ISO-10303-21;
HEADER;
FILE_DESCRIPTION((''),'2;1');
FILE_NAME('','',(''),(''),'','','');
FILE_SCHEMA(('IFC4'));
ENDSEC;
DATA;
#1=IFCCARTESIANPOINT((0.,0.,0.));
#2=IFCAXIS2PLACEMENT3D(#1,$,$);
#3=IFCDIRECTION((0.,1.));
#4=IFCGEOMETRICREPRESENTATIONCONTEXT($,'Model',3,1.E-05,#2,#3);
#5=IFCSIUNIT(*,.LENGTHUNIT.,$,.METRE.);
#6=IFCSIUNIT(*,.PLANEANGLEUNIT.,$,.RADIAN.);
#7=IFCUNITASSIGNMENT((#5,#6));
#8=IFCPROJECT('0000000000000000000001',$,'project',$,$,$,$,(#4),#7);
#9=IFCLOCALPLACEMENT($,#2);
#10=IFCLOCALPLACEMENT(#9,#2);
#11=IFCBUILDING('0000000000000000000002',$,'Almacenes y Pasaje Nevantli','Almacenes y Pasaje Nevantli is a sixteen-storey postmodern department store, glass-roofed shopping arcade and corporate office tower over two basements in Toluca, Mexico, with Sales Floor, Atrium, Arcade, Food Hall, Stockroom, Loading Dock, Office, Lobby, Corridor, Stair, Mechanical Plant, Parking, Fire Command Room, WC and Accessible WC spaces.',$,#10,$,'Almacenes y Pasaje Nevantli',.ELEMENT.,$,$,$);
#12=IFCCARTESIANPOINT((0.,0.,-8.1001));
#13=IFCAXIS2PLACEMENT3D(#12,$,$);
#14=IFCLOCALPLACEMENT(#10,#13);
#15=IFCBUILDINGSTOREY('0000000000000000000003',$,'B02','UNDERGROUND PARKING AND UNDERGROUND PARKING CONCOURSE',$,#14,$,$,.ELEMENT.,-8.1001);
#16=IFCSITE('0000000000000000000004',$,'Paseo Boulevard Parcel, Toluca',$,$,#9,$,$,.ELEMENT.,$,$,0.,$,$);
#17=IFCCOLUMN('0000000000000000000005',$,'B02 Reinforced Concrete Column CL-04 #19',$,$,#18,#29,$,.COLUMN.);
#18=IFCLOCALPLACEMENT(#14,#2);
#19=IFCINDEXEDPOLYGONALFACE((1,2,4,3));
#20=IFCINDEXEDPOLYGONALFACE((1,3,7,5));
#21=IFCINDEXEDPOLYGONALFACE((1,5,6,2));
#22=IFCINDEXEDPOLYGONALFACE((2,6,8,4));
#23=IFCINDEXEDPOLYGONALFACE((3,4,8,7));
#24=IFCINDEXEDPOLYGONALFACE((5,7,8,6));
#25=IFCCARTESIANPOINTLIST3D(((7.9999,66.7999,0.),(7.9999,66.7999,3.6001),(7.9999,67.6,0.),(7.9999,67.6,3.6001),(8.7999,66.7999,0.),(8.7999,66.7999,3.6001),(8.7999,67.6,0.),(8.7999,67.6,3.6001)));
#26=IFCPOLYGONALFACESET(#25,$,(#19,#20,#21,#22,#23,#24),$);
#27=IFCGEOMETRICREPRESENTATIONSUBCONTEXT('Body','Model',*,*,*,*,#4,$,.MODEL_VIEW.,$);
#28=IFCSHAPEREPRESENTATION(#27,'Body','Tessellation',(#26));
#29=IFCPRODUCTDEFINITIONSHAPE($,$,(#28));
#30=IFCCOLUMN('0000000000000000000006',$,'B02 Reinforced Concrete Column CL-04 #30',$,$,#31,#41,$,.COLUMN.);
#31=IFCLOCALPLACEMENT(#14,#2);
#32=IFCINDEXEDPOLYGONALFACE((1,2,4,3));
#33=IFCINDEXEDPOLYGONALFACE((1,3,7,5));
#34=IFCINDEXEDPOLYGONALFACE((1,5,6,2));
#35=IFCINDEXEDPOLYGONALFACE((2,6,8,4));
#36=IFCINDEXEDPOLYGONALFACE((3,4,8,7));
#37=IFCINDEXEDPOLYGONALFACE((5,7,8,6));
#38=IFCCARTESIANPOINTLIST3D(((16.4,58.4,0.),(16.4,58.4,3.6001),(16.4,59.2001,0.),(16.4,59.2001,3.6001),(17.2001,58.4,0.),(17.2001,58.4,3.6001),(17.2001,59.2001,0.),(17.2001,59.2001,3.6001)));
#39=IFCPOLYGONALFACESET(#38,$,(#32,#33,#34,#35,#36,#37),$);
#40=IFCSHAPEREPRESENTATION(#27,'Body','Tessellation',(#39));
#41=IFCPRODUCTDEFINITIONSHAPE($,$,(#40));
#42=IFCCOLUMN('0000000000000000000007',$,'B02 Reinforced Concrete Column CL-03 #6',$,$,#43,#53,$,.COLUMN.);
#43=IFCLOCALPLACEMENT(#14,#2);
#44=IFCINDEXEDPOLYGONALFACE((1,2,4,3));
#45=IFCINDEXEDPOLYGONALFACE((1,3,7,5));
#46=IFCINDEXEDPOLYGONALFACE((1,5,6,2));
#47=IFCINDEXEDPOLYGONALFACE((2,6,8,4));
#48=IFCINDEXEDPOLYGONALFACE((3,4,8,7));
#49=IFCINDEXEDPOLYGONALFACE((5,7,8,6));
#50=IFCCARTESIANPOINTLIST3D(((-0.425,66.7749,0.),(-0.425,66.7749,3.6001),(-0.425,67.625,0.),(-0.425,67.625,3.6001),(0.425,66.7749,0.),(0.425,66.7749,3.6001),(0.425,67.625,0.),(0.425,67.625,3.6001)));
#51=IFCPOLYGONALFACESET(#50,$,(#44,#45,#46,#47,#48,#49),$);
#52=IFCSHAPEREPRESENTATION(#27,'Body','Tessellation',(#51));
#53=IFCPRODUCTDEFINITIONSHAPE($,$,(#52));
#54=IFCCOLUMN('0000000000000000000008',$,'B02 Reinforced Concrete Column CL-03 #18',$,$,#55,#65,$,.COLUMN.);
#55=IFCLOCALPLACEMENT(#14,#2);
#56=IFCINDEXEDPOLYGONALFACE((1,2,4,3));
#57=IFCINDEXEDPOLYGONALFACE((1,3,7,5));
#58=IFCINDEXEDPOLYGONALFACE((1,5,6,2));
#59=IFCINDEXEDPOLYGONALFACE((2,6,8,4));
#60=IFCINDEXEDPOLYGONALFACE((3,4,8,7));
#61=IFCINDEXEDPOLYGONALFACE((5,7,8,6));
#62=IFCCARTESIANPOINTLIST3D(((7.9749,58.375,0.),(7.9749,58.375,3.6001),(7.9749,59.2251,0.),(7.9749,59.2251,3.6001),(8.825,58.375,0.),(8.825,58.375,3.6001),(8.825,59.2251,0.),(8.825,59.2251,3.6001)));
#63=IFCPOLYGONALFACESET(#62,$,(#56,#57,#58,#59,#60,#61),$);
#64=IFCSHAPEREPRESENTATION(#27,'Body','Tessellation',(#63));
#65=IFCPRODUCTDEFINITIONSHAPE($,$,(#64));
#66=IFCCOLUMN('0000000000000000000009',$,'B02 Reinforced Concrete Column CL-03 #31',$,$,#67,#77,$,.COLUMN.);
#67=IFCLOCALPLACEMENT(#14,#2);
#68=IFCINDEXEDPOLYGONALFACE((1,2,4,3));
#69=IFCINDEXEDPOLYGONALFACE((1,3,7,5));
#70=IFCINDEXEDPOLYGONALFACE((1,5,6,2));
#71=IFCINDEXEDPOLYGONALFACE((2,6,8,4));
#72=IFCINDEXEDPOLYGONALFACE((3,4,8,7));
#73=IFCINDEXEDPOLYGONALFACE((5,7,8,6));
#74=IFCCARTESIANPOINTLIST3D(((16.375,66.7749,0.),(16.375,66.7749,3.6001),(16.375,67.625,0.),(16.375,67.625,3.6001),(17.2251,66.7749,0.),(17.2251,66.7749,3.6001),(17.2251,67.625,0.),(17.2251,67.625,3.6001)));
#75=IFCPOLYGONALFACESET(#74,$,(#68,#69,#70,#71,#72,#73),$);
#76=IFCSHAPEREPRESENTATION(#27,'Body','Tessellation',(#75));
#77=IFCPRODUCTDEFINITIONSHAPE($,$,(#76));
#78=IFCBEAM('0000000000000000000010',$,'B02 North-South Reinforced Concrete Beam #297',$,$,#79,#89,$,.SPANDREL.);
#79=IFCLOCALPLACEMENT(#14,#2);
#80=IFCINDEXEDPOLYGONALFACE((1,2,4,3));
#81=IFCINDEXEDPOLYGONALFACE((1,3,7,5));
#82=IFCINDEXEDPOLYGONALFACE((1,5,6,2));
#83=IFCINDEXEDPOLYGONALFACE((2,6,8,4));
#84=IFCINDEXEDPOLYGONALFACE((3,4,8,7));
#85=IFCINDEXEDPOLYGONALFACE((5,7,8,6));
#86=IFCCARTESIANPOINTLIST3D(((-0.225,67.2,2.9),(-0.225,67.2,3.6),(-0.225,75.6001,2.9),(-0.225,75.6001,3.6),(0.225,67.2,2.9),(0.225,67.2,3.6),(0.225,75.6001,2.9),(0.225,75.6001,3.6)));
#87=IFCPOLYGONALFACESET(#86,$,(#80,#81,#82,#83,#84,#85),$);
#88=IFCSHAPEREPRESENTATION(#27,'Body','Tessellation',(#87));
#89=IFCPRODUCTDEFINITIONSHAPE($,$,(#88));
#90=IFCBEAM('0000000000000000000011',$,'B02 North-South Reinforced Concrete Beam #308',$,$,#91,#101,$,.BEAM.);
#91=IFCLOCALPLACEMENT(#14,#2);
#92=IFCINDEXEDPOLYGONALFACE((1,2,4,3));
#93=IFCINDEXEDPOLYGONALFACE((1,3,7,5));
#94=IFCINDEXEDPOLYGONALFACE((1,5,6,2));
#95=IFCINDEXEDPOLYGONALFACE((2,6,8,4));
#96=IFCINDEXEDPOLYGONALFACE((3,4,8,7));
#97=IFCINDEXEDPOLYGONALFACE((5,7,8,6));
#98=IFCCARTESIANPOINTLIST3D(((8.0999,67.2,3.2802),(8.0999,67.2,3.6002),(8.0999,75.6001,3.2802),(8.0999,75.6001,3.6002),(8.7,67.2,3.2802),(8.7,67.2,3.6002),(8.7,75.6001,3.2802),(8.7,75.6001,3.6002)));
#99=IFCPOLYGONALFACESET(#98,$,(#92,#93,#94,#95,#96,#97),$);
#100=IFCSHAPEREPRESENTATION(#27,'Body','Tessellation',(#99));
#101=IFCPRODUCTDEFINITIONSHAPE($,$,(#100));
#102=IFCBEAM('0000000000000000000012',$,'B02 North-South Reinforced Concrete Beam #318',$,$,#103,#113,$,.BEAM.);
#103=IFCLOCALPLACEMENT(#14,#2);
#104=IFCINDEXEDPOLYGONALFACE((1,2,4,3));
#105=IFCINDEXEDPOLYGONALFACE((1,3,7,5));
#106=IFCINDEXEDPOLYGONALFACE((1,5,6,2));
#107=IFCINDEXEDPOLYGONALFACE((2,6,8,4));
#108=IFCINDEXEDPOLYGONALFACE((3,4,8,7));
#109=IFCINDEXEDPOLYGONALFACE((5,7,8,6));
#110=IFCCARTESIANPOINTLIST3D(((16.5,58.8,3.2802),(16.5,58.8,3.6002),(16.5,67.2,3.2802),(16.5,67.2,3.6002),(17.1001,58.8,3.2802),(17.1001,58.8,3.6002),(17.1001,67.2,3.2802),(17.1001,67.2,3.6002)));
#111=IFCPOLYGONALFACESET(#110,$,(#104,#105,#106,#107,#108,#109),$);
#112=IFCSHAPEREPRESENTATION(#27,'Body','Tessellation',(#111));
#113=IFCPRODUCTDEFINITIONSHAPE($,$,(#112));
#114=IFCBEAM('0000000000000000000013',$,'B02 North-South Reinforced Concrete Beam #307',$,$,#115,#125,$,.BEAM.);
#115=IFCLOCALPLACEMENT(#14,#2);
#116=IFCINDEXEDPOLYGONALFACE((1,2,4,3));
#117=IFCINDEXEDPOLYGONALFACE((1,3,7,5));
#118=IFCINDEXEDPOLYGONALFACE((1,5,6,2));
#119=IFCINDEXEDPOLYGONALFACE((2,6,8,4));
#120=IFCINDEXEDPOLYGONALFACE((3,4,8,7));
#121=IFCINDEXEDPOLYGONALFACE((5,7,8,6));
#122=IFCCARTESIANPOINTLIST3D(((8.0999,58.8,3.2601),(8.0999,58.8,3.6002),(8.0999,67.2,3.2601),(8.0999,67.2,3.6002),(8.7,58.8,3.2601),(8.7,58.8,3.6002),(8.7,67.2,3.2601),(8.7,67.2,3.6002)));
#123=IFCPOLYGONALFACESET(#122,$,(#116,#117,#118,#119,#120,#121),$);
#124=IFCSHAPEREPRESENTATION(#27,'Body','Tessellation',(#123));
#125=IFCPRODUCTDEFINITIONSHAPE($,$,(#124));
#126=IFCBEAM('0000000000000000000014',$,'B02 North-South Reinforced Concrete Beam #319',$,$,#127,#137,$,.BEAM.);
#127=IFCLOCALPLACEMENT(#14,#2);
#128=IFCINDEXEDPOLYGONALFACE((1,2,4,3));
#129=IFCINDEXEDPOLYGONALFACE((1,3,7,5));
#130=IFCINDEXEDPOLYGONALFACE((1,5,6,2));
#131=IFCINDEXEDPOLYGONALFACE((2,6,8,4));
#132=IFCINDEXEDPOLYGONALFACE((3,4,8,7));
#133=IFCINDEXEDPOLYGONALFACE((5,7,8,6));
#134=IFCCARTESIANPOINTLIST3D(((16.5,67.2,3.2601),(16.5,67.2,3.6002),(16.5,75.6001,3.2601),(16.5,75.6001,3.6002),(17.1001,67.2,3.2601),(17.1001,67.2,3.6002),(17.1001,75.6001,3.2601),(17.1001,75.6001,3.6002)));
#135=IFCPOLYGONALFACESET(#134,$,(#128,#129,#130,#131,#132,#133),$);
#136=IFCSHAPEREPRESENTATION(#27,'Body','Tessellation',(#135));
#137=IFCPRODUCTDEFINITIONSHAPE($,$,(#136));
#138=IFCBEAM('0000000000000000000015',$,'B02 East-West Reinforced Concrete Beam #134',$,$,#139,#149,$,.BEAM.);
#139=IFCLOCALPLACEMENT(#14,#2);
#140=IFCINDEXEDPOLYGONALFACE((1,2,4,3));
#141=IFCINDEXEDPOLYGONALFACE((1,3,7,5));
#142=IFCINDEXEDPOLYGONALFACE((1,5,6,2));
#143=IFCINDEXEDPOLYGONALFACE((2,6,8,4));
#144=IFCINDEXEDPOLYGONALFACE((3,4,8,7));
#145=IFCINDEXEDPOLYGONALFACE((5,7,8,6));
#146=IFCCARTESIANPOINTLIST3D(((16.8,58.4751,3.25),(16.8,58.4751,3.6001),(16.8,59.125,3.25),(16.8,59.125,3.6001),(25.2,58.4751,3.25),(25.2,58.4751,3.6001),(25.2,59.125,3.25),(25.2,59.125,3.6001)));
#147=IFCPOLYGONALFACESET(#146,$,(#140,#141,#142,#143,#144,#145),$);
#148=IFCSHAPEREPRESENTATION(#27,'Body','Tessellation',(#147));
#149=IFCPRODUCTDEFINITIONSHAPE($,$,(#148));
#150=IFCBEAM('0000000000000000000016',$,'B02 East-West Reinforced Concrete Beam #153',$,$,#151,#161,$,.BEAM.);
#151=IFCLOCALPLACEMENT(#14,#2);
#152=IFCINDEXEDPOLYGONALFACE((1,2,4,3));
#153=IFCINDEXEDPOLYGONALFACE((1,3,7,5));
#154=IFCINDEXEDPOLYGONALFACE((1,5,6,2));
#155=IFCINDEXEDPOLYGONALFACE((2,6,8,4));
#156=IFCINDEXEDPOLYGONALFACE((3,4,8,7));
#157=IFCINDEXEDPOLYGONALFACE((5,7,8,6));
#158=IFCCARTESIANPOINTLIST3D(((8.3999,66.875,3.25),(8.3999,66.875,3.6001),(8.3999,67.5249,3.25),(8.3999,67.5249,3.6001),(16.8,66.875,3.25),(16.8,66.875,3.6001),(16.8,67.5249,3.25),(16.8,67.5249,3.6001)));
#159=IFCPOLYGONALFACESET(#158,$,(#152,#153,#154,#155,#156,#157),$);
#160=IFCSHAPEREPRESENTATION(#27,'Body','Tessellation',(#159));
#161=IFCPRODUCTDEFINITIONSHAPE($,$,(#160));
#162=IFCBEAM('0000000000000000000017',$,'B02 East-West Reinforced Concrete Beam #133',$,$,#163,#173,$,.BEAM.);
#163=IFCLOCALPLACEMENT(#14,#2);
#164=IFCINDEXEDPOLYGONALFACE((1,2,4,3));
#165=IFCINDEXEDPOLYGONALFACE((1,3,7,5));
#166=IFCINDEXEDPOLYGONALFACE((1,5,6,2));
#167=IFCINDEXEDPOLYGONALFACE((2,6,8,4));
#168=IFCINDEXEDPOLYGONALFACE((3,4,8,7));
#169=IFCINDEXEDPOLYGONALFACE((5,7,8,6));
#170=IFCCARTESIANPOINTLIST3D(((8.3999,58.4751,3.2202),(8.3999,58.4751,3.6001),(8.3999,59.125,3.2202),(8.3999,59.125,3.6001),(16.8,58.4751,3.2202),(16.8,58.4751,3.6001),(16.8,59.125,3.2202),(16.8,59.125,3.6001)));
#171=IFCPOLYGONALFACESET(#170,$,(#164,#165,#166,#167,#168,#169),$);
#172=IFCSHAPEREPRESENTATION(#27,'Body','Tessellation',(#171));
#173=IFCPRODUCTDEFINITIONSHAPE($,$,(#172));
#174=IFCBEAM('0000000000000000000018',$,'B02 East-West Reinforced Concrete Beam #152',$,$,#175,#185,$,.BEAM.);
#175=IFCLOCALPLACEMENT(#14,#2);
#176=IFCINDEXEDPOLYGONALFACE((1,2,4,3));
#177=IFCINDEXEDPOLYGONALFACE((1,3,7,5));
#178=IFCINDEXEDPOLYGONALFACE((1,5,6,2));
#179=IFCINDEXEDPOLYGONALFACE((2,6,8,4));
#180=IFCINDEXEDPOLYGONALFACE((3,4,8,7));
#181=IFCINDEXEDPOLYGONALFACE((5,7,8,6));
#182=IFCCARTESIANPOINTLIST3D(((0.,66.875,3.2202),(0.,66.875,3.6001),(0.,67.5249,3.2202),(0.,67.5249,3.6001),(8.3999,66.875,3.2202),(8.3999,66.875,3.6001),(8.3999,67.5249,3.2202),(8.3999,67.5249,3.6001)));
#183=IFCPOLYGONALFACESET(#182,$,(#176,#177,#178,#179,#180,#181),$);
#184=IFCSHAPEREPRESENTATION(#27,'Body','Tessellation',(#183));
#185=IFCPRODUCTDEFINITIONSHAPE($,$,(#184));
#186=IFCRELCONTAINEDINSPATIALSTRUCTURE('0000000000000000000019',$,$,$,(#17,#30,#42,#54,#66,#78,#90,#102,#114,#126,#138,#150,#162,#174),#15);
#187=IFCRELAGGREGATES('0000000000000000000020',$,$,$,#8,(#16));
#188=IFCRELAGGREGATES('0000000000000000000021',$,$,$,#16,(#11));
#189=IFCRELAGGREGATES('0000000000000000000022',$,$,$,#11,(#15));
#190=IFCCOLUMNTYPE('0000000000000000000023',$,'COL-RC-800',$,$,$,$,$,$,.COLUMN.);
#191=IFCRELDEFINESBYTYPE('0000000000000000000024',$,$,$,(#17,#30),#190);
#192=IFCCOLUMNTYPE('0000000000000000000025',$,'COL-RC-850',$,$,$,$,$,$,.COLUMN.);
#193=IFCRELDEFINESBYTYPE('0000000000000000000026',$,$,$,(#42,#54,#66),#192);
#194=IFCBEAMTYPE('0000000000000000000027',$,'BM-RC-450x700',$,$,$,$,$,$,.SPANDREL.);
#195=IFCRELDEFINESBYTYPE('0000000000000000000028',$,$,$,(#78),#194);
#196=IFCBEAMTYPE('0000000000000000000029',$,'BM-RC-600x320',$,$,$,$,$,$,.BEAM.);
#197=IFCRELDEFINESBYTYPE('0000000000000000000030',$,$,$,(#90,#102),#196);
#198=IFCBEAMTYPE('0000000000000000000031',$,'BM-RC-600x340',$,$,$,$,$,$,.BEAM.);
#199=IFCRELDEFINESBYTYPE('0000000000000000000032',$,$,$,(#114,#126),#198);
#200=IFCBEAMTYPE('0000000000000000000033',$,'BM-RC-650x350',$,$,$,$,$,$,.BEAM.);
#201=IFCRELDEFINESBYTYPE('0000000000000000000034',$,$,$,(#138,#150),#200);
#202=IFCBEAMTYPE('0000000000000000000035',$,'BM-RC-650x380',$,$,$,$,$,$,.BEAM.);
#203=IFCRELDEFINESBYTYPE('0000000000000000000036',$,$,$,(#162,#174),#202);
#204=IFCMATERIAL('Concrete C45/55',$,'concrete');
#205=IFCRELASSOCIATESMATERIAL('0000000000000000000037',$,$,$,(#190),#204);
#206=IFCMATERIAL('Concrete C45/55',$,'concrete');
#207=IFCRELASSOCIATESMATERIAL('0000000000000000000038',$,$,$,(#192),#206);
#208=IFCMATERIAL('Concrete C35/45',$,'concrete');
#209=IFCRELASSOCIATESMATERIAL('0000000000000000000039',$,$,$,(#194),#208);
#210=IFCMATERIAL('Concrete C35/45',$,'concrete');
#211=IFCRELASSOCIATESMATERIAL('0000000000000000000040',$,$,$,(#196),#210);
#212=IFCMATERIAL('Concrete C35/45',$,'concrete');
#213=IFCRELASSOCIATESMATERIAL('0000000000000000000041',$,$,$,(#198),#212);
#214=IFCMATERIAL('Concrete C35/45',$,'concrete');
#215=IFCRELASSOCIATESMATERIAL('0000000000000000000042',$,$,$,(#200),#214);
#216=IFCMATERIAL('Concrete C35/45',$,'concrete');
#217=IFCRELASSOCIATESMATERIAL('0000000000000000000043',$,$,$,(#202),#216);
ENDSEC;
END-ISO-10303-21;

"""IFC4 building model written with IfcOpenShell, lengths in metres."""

from ifc_helpers import new_model, si_unit, direction, frame, origin, origin_2d, place, context, subcontext, project, spatial, rectangle, extrude, material, material_profile, profile_set, type_object, element, save


model = new_model("IFC4")

# Units and contexts
model_context = context("Model", 3, precision=1e-05, world=origin(), true_north=direction((0.0, 1.0)))
body_context = subcontext(model_context, "Body", "Model", "MODEL_VIEW")
ifc_project = project(units=[si_unit("LENGTHUNIT", "METRE"), si_unit("PLANEANGLEUNIT", "RADIAN")], contexts=[model_context])

# Site, building, storey
site_placement = place(None, origin())
site = spatial("IfcSite", under=ifc_project, at=site_placement, Name="Paseo Boulevard Parcel, Toluca", CompositionType="ELEMENT", RefElevation=0.0)
building_placement = place(site_placement, origin())
building = spatial("IfcBuilding", under=site, at=building_placement, Name="Almacenes y Pasaje Nevantli", Description="Almacenes y Pasaje Nevantli is a sixteen-storey postmodern department store, glass-roofed shopping arcade and corporate office tower over two basements in Toluca, Mexico, with Sales Floor, Atrium, Arcade, Food Hall, Stockroom, Loading Dock, Office, Lobby, Corridor, Stair, Mechanical Plant, Parking, Fire Command Room, WC and Accessible WC spaces.", LongName="Almacenes y Pasaje Nevantli", CompositionType="ELEMENT")
storey_placement = place(building_placement, frame((0.0, 0.0, -8.1001)))
storey = spatial("IfcBuildingStorey", under=building, at=storey_placement, Name="B02", Description="UNDERGROUND PARKING AND UNDERGROUND PARKING CONCOURSE", CompositionType="ELEMENT", Elevation=-8.1001)

# Columns
ifc_material_1 = material(Name="Concrete C45/55", Category="concrete")
ifc_material_profile_1 = material_profile(ifc_material_1, rectangle(XDim=0.8, YDim=0.8, at=origin_2d()), Name="RC-COL-800x800")
ifc_profile_set_1 = profile_set([ifc_material_profile_1], Name="Concrete C45/55")
column_type_1 = type_object("IfcColumnType", Name="COL-RC-800", PredefinedType="COLUMN", material=ifc_profile_set_1)
for number, where, z_axis, x_axis, name in (
    (1, (8.3999, 67.2, 0.0), (0.0, 0.0, 1.0), (1.0, 0.0, 0.0), "B02 Reinforced Concrete Column CL-04 #19"),
    (2, (16.8, 58.8, 0.0), (0.0, 0.0, 1.0), (1.0, 0.0, 0.0), "B02 Reinforced Concrete Column CL-04 #30"),
):
    element("IfcColumn", number, at=place(storey_placement, frame(where, z_axis=z_axis, x_axis=x_axis)), inside=storey, type_object=column_type_1, Name=name, PredefinedType="COLUMN", context=body_context, shape_type="SweptSolid", body=[
        extrude(rectangle(XDim=0.8, YDim=0.8, at=origin_2d()), origin(), (0.0, 0.0, 1.0), 3.6001),
    ])
ifc_material_2 = material(Name="Concrete C45/55", Category="concrete")
ifc_material_profile_2 = material_profile(ifc_material_2, rectangle(XDim=0.8501, YDim=0.8501, at=origin_2d()), Name="RC-COL-850x850")
ifc_profile_set_2 = profile_set([ifc_material_profile_2], Name="Concrete C45/55")
column_type_2 = type_object("IfcColumnType", Name="COL-RC-850", PredefinedType="COLUMN", material=ifc_profile_set_2)
for number, where, z_axis, x_axis, name in (
    (3, (0.0, 67.2, 0.0), (0.0, 0.0, 1.0), (1.0, 0.0, 0.0), "B02 Reinforced Concrete Column CL-03 #6"),
    (4, (8.3999, 58.8, 0.0), (0.0, 0.0, 1.0), (1.0, 0.0, 0.0), "B02 Reinforced Concrete Column CL-03 #18"),
    (5, (16.8, 67.2, 0.0), (0.0, 0.0, 1.0), (1.0, 0.0, 0.0), "B02 Reinforced Concrete Column CL-03 #31"),
):
    element("IfcColumn", number, at=place(storey_placement, frame(where, z_axis=z_axis, x_axis=x_axis)), inside=storey, type_object=column_type_2, Name=name, PredefinedType="COLUMN", context=body_context, shape_type="SweptSolid", body=[
        extrude(rectangle(XDim=0.8501, YDim=0.8501, at=origin_2d()), origin(), (0.0, 0.0, 1.0), 3.6001),
    ])

# Beams
ifc_material_3 = material(Name="Concrete C35/45", Category="concrete")
ifc_material_profile_3 = material_profile(ifc_material_3, rectangle(XDim=0.45, YDim=0.7, at=origin_2d()), Name="RC-BM-450x700")
ifc_profile_set_3 = profile_set([ifc_material_profile_3], Name="Concrete C35/45")
beam_type_1 = type_object("IfcBeamType", Name="BM-RC-450x700", PredefinedType="SPANDREL", material=ifc_profile_set_3)
beam_1_placement = place(storey_placement, frame((0.0, 67.2, 3.25), z_axis=(0.0, 1.0, 0.0), x_axis=(-1.0, 0.0, 0.0)))
element("IfcBeam", 6, at=beam_1_placement, inside=storey, type_object=beam_type_1, Name="B02 North-South Reinforced Concrete Beam #297", PredefinedType="SPANDREL", context=body_context, shape_type="SweptSolid", body=[
    extrude(rectangle(XDim=0.45, YDim=0.7, at=origin_2d()), origin(), (0.0, 0.0, 1.0), 8.4001),
])
ifc_material_4 = material(Name="Concrete C35/45", Category="concrete")
ifc_material_profile_4 = material_profile(ifc_material_4, rectangle(XDim=0.6001, YDim=0.3201, at=origin_2d()), Name="RC-BM-600x320")
ifc_profile_set_4 = profile_set([ifc_material_profile_4], Name="Concrete C35/45")
beam_type_2 = type_object("IfcBeamType", Name="BM-RC-600x320", PredefinedType="BEAM", material=ifc_profile_set_4)
beam_2_placement = place(storey_placement, frame((8.3999, 67.2, 3.4402), z_axis=(0.0, 1.0, 0.0), x_axis=(-1.0, 0.0, 0.0)))
element("IfcBeam", 7, at=beam_2_placement, inside=storey, type_object=beam_type_2, Name="B02 North-South Reinforced Concrete Beam #308", PredefinedType="BEAM", context=body_context, shape_type="SweptSolid", body=[
    extrude(rectangle(XDim=0.6001, YDim=0.3201, at=origin_2d()), origin(), (0.0, 0.0, 1.0), 8.4001),
])
beam_3_placement = place(storey_placement, frame((16.8, 58.8, 3.4402), z_axis=(0.0, 1.0, 0.0), x_axis=(-1.0, 0.0, 0.0)))
element("IfcBeam", 8, at=beam_3_placement, inside=storey, type_object=beam_type_2, Name="B02 North-South Reinforced Concrete Beam #318", PredefinedType="BEAM", context=body_context, shape_type="SweptSolid", body=[
    extrude(rectangle(XDim=0.6001, YDim=0.3201, at=origin_2d()), origin(), (0.0, 0.0, 1.0), 8.3999),
])
ifc_material_5 = material(Name="Concrete C35/45", Category="concrete")
ifc_material_profile_5 = material_profile(ifc_material_5, rectangle(XDim=0.6001, YDim=0.3401, at=origin_2d()), Name="RC-BM-600x340")
ifc_profile_set_5 = profile_set([ifc_material_profile_5], Name="Concrete C35/45")
beam_type_3 = type_object("IfcBeamType", Name="BM-RC-600x340", PredefinedType="BEAM", material=ifc_profile_set_5)
beam_4_placement = place(storey_placement, frame((8.3999, 58.8, 3.4302), z_axis=(0.0, 1.0, 0.0), x_axis=(-1.0, 0.0, 0.0)))
element("IfcBeam", 9, at=beam_4_placement, inside=storey, type_object=beam_type_3, Name="B02 North-South Reinforced Concrete Beam #307", PredefinedType="BEAM", context=body_context, shape_type="SweptSolid", body=[
    extrude(rectangle(XDim=0.6001, YDim=0.3401, at=origin_2d()), origin(), (0.0, 0.0, 1.0), 8.3999),
])
beam_5_placement = place(storey_placement, frame((16.8, 67.2, 3.4302), z_axis=(0.0, 1.0, 0.0), x_axis=(-1.0, 0.0, 0.0)))
element("IfcBeam", 10, at=beam_5_placement, inside=storey, type_object=beam_type_3, Name="B02 North-South Reinforced Concrete Beam #319", PredefinedType="BEAM", context=body_context, shape_type="SweptSolid", body=[
    extrude(rectangle(XDim=0.6001, YDim=0.3401, at=origin_2d()), origin(), (0.0, 0.0, 1.0), 8.4001),
])
ifc_material_6 = material(Name="Concrete C35/45", Category="concrete")
ifc_material_profile_6 = material_profile(ifc_material_6, rectangle(XDim=0.6499, YDim=0.3501, at=origin_2d()), Name="RC-BM-650x350")
ifc_profile_set_6 = profile_set([ifc_material_profile_6], Name="Concrete C35/45")
beam_type_4 = type_object("IfcBeamType", Name="BM-RC-650x350", PredefinedType="BEAM", material=ifc_profile_set_6)
beam_6_placement = place(storey_placement, frame((16.8, 58.8, 3.425), z_axis=(1.0, 0.0, 0.0), x_axis=(0.0, 1.0, 0.0)))
element("IfcBeam", 11, at=beam_6_placement, inside=storey, type_object=beam_type_4, Name="B02 East-West Reinforced Concrete Beam #134", PredefinedType="BEAM", context=body_context, shape_type="SweptSolid", body=[
    extrude(rectangle(XDim=0.6499, YDim=0.3501, at=origin_2d()), origin(), (0.0, 0.0, 1.0), 8.3999),
])
beam_7_placement = place(storey_placement, frame((8.3999, 67.2, 3.425), z_axis=(1.0, 0.0, 0.0), x_axis=(0.0, 1.0, 0.0)))
element("IfcBeam", 12, at=beam_7_placement, inside=storey, type_object=beam_type_4, Name="B02 East-West Reinforced Concrete Beam #153", PredefinedType="BEAM", context=body_context, shape_type="SweptSolid", body=[
    extrude(rectangle(XDim=0.6499, YDim=0.3501, at=origin_2d()), origin(), (0.0, 0.0, 1.0), 8.4001),
])
ifc_material_7 = material(Name="Concrete C35/45", Category="concrete")
ifc_material_profile_7 = material_profile(ifc_material_7, rectangle(XDim=0.6499, YDim=0.3799, at=origin_2d()), Name="RC-BM-650x380")
ifc_profile_set_7 = profile_set([ifc_material_profile_7], Name="Concrete C35/45")
beam_type_5 = type_object("IfcBeamType", Name="BM-RC-650x380", PredefinedType="BEAM", material=ifc_profile_set_7)
beam_8_placement = place(storey_placement, frame((8.3999, 58.8, 3.4102), z_axis=(1.0, 0.0, 0.0), x_axis=(0.0, 1.0, 0.0)))
element("IfcBeam", 13, at=beam_8_placement, inside=storey, type_object=beam_type_5, Name="B02 East-West Reinforced Concrete Beam #133", PredefinedType="BEAM", context=body_context, shape_type="SweptSolid", body=[
    extrude(rectangle(XDim=0.6499, YDim=0.3799, at=origin_2d()), origin(), (0.0, 0.0, 1.0), 8.4001),
])
for number, where, z_axis, x_axis, name in (
    (14, (0.0, 67.2, 3.4102), (1.0, 0.0, 0.0), (0.0, 1.0, 0.0), "B02 East-West Reinforced Concrete Beam #152"),
):
    element("IfcBeam", number, at=place(storey_placement, frame(where, z_axis=z_axis, x_axis=x_axis)), inside=storey, type_object=beam_type_5, Name=name, PredefinedType="BEAM", context=body_context, shape_type="SweptSolid", body=[
        extrude(rectangle(XDim=0.6499, YDim=0.3799, at=origin_2d()), origin(), (0.0, 0.0, 1.0), 8.3999),
    ])

save(model, "model.ifc")
